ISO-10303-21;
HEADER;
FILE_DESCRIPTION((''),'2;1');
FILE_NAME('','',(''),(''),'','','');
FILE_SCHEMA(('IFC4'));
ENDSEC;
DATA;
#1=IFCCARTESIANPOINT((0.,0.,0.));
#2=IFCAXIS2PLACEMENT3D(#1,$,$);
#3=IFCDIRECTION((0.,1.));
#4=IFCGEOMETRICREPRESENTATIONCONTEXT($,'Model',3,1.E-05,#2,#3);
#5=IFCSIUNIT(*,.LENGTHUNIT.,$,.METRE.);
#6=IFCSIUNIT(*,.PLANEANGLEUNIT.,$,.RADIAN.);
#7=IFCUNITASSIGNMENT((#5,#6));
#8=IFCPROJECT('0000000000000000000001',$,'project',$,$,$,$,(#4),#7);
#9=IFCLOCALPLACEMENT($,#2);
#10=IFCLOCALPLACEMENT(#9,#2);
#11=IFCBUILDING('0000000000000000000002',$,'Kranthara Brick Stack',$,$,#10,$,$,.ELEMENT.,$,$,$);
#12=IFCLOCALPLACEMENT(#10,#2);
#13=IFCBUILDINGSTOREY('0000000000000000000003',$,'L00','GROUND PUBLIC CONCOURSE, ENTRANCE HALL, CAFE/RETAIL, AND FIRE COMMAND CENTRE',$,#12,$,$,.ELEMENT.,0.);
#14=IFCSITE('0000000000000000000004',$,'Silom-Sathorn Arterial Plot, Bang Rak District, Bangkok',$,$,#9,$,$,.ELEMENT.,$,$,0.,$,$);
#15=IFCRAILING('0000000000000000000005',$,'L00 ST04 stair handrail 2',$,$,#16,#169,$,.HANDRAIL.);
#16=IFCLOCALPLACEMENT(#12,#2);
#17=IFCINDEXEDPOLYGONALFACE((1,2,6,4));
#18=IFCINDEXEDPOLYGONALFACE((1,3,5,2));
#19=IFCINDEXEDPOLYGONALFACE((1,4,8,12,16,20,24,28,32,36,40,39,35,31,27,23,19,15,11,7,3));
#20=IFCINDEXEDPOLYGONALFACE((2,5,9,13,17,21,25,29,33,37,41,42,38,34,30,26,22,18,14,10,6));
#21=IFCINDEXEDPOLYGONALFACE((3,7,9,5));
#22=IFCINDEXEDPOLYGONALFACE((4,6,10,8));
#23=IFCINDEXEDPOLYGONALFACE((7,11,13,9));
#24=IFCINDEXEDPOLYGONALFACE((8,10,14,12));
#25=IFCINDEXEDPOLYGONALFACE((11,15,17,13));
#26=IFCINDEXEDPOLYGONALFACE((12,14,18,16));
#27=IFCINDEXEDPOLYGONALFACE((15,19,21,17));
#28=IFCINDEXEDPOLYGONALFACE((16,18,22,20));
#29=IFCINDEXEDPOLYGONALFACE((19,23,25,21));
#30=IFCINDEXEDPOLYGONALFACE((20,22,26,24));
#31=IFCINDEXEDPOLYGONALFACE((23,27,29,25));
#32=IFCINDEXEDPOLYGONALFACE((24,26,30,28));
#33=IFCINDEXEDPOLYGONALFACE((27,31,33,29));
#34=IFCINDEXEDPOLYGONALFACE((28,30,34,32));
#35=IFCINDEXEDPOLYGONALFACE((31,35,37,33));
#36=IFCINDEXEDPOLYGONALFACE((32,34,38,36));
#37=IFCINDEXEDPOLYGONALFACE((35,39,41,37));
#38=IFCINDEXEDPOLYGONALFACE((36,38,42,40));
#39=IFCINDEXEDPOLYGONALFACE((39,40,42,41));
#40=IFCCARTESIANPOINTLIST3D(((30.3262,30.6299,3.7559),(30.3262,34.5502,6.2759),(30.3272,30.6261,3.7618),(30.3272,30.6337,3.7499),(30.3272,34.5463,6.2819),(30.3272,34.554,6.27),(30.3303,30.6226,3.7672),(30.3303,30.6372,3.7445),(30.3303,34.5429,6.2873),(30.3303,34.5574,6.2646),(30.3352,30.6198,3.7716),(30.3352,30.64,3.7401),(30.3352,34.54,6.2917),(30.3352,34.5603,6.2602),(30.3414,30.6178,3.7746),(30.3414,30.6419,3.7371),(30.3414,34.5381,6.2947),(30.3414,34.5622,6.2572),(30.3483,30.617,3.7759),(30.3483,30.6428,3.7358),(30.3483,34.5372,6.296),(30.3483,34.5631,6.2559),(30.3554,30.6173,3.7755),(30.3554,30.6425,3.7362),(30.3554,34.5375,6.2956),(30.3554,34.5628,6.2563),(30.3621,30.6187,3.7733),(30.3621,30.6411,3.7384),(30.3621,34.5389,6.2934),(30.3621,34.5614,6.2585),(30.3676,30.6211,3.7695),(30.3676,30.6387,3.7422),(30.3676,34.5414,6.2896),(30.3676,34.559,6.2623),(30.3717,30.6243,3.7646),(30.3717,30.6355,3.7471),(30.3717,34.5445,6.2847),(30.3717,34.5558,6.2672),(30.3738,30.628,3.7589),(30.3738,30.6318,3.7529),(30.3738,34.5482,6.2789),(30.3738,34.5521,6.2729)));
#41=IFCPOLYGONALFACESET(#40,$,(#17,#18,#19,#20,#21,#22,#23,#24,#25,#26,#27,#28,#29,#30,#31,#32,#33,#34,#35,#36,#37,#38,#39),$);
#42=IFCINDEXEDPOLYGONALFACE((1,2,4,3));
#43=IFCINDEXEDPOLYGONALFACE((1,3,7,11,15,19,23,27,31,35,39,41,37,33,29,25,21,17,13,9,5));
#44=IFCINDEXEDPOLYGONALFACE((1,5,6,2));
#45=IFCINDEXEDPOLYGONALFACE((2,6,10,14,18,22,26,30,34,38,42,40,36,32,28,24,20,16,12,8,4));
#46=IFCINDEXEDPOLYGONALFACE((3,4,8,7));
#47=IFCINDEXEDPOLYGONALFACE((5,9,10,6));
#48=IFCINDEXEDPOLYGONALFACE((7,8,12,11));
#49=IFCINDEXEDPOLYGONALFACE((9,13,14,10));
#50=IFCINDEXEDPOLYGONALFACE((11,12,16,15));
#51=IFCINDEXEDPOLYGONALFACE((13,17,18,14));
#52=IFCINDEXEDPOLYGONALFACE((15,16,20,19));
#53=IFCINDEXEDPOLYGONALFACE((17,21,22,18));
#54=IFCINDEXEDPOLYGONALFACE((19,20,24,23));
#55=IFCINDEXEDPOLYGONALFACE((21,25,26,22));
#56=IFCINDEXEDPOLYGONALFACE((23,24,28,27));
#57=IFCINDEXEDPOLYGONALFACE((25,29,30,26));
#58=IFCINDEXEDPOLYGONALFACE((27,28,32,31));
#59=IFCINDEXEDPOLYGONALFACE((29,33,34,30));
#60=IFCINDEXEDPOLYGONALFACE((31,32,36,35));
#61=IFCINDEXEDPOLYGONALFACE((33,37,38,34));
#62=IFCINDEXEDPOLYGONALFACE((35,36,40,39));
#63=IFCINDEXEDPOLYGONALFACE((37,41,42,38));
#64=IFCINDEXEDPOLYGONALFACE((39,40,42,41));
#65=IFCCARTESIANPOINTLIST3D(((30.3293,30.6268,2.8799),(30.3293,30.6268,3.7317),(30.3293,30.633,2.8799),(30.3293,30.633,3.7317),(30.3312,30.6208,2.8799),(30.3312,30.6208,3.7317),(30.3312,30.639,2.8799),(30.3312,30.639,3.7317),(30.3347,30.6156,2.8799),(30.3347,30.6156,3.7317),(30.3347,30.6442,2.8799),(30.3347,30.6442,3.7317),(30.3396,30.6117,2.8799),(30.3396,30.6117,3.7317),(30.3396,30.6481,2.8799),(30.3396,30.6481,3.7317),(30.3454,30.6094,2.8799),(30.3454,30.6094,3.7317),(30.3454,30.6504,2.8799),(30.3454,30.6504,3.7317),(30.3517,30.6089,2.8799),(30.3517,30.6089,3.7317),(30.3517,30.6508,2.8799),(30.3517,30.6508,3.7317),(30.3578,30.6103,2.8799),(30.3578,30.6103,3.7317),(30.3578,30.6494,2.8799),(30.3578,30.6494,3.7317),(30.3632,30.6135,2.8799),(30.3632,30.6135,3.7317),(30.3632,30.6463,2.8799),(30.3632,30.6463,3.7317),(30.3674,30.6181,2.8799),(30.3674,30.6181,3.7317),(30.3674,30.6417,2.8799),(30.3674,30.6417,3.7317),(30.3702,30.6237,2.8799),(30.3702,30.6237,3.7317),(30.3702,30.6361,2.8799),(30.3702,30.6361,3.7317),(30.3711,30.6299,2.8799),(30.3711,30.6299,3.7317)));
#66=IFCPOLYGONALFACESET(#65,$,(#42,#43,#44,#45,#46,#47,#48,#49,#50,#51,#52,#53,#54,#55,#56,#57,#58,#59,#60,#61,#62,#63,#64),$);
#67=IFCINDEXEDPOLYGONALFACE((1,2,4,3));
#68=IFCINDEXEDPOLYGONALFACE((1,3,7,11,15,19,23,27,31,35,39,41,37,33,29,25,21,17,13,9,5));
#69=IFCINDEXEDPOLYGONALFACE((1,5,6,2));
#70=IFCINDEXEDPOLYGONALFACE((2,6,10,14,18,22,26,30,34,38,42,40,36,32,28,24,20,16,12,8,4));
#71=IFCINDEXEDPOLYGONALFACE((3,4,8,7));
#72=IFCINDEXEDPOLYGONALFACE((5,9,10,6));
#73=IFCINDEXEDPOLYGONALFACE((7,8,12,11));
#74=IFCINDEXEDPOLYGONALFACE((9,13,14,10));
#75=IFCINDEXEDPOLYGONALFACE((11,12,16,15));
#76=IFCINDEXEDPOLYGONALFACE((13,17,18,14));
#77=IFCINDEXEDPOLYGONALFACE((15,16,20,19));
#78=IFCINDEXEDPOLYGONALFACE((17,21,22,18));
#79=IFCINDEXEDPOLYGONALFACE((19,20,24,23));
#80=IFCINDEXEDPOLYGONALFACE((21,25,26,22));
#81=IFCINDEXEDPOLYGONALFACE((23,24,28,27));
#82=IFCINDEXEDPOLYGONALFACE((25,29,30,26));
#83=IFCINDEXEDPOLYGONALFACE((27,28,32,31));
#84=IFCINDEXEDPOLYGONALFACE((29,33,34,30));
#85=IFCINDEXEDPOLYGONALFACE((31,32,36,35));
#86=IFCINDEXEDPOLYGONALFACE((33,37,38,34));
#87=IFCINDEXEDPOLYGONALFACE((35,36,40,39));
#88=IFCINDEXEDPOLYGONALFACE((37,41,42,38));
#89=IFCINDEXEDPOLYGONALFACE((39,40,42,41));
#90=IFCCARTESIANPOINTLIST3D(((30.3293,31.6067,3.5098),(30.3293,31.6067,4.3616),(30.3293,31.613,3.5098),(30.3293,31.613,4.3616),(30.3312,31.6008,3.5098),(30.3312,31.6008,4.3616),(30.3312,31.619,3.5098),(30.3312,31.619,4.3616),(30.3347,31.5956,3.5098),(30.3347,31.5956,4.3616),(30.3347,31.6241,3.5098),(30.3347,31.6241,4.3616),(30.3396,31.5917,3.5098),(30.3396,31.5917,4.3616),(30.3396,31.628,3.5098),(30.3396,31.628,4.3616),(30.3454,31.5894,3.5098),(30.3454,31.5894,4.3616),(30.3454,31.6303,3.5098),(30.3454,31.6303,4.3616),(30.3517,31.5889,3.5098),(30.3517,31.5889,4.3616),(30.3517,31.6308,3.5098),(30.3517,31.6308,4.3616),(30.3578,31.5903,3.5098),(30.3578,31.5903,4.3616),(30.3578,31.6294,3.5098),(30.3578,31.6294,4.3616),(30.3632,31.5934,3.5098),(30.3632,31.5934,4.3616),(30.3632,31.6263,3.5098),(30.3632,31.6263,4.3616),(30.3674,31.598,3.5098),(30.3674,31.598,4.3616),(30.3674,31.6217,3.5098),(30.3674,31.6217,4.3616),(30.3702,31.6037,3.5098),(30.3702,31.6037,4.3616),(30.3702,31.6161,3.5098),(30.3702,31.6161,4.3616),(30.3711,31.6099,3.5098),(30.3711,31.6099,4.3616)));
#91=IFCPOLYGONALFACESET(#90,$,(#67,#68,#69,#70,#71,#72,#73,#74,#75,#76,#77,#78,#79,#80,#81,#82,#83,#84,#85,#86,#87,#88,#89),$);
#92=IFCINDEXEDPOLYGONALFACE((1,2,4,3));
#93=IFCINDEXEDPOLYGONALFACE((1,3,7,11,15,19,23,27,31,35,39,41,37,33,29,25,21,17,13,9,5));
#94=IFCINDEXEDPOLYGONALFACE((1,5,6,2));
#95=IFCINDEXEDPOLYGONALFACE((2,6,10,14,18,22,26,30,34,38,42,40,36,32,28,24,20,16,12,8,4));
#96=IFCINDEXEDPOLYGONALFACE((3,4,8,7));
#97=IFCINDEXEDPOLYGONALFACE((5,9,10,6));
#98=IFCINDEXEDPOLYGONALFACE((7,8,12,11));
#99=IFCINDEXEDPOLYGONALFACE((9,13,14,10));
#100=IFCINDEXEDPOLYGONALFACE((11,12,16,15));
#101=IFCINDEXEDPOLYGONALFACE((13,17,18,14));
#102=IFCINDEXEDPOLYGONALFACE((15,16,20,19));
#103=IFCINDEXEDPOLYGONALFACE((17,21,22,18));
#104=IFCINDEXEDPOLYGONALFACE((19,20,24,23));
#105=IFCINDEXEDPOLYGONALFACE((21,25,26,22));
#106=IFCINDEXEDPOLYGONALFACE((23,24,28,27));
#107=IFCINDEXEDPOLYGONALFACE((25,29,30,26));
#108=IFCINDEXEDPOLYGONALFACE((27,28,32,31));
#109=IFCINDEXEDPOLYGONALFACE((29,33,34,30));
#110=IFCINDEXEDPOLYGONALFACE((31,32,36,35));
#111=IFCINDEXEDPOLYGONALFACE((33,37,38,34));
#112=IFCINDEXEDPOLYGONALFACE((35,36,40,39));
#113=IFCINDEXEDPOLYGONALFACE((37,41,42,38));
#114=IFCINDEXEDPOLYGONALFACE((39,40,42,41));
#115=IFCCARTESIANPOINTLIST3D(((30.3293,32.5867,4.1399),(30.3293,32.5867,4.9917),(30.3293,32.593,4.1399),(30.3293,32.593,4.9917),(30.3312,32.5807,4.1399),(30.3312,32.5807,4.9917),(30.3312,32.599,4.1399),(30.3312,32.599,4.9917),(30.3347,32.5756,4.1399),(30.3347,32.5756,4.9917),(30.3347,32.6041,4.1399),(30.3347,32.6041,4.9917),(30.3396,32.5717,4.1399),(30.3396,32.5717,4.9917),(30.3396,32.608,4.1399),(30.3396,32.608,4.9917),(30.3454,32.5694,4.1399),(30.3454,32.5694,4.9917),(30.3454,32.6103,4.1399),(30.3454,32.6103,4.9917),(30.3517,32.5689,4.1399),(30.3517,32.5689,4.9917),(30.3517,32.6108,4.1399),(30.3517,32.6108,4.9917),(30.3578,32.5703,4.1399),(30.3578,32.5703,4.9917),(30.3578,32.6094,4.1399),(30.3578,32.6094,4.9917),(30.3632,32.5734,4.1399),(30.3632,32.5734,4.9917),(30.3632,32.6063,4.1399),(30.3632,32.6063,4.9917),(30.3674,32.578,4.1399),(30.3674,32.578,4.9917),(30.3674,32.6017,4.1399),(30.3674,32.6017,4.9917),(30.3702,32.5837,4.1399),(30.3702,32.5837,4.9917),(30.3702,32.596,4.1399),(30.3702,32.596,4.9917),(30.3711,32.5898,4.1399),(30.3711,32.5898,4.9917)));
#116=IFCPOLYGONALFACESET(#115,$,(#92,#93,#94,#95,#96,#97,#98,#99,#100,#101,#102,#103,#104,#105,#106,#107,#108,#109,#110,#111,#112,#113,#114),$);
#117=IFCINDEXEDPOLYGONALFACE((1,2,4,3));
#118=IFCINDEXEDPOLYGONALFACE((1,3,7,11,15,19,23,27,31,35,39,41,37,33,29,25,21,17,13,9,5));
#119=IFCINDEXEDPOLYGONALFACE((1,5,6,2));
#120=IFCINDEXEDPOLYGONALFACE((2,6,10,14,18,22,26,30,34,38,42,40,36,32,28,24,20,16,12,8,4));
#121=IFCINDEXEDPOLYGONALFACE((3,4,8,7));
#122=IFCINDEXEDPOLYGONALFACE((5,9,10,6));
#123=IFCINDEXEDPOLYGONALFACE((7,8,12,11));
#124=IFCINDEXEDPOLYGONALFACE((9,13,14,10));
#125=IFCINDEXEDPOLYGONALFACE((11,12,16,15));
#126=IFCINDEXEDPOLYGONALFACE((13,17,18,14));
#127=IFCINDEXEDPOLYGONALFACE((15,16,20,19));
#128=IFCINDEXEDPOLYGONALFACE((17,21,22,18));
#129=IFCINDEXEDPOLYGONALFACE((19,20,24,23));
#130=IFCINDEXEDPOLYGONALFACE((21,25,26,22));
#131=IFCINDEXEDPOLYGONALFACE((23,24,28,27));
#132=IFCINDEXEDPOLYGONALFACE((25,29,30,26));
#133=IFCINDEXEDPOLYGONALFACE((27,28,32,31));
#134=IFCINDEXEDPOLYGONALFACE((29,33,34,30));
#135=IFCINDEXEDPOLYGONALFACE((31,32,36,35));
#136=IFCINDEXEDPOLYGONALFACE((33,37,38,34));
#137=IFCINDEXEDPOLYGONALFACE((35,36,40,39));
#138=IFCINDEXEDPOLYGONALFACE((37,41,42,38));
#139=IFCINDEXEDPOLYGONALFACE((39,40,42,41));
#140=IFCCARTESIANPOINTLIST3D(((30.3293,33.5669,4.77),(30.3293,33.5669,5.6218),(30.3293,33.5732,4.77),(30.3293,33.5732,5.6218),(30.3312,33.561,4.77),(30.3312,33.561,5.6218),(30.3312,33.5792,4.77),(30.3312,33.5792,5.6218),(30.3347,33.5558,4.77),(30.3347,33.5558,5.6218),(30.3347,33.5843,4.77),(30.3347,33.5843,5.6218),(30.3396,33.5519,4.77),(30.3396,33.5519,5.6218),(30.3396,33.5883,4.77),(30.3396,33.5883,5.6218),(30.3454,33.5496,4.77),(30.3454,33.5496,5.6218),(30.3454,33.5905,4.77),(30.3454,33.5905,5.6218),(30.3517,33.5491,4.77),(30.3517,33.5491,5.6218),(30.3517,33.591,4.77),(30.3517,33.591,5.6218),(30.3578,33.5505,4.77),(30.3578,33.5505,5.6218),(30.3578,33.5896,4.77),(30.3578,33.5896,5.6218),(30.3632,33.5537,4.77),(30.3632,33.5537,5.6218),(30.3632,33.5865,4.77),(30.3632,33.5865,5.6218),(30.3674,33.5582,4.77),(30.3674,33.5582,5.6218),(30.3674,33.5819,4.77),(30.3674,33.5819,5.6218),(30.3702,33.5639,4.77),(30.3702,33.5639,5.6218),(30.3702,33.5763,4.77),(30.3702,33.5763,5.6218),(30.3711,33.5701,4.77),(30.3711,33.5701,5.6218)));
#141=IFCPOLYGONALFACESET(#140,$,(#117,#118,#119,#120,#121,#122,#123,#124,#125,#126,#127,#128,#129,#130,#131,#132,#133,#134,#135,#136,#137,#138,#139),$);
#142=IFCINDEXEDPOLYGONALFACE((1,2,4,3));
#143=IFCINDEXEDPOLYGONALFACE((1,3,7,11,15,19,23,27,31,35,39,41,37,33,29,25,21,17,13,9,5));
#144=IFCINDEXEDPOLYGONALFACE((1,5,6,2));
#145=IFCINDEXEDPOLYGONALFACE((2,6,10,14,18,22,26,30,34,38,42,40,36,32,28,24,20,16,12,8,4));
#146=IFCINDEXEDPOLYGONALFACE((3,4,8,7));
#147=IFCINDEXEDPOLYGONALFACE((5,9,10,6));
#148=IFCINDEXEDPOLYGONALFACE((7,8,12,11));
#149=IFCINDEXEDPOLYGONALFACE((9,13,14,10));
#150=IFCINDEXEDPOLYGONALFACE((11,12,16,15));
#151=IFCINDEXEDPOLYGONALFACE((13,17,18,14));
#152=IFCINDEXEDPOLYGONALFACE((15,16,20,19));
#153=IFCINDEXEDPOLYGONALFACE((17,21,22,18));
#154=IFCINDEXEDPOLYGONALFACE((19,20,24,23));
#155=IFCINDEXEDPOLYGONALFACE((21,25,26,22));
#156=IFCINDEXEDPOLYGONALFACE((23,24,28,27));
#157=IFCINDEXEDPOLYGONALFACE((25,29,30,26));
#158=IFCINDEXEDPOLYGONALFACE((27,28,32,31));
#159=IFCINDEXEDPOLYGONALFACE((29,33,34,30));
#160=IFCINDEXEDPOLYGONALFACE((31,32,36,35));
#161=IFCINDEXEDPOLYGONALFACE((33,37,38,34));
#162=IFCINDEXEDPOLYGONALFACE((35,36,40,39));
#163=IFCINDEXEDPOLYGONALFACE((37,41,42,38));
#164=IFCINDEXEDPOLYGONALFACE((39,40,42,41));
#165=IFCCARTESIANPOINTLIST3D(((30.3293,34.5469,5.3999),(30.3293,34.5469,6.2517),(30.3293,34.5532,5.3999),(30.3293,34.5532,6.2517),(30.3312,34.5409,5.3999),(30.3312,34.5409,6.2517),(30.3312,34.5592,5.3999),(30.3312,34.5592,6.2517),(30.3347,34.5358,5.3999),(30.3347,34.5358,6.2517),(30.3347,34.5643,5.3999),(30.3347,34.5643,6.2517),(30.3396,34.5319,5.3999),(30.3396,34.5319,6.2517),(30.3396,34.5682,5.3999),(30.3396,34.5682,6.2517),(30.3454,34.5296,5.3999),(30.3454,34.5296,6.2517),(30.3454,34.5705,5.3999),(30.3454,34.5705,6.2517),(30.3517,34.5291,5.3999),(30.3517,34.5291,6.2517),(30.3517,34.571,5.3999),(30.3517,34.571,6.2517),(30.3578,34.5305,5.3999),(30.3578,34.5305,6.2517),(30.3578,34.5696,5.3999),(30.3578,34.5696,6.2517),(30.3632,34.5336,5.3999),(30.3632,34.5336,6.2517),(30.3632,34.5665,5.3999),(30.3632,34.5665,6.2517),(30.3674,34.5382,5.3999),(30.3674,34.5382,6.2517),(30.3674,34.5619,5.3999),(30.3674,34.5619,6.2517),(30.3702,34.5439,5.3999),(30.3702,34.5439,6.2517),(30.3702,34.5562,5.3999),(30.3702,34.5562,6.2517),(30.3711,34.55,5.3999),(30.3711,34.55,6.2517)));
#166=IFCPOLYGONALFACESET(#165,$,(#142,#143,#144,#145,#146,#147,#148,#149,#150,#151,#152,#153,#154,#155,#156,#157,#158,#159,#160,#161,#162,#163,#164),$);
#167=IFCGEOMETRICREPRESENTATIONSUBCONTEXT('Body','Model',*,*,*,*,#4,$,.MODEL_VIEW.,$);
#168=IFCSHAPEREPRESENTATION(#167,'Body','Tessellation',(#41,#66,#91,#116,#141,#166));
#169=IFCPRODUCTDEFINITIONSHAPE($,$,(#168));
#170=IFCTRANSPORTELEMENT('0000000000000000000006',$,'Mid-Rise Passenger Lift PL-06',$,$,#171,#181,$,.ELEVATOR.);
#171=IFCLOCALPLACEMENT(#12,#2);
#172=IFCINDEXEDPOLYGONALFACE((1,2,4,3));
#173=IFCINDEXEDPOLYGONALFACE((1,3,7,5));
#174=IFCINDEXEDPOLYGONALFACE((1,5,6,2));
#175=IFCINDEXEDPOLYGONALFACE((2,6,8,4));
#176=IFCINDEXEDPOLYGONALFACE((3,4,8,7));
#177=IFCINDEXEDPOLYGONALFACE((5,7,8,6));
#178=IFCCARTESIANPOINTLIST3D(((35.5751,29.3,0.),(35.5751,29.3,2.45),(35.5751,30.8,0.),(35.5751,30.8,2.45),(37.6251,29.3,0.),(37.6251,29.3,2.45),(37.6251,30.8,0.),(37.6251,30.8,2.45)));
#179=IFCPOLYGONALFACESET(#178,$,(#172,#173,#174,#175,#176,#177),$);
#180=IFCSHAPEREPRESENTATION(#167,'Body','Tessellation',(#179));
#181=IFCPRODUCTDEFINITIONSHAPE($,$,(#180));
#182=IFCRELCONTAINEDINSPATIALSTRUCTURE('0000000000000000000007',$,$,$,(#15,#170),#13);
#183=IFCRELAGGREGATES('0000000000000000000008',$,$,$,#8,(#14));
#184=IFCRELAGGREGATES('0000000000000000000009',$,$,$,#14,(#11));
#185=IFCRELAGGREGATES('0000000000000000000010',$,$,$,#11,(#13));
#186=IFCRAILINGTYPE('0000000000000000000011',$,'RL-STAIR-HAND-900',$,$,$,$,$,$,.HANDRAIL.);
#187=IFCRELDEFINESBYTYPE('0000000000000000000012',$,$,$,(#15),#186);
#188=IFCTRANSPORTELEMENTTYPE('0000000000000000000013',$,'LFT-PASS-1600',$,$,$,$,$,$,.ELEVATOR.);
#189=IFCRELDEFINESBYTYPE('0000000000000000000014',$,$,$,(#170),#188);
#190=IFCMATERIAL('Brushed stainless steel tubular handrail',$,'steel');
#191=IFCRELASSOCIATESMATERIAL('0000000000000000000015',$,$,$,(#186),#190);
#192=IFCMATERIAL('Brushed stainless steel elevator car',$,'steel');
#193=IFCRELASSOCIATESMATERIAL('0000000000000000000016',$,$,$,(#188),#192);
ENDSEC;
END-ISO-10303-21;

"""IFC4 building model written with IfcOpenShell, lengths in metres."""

from ifc_helpers import new_model, si_unit, direction, frame, origin, origin_2d, place, context, subcontext, project, spatial, rectangle, circle, extrude, material, type_object, element, save


model = new_model("IFC4")

# Units and contexts
model_context = context("Model", 3, precision=1e-05, world=origin(), true_north=direction((0.0, 1.0)))
body_context = subcontext(model_context, "Body", "Model", "MODEL_VIEW")
ifc_project = project(units=[si_unit("LENGTHUNIT", "METRE"), si_unit("PLANEANGLEUNIT", "RADIAN")], contexts=[model_context])

# Site, building, storey
site_placement = place(None, origin())
site = spatial("IfcSite", under=ifc_project, at=site_placement, Name="Silom-Sathorn Arterial Plot, Bang Rak District, Bangkok", CompositionType="ELEMENT", RefElevation=0.0)
building_placement = place(site_placement, origin())
building = spatial("IfcBuilding", under=site, at=building_placement, Name="Kranthara Brick Stack", CompositionType="ELEMENT")
storey_placement = place(building_placement, origin())
storey = spatial("IfcBuildingStorey", under=building, at=storey_placement, Name="L00", Description="GROUND PUBLIC CONCOURSE, ENTRANCE HALL, CAFE/RETAIL, AND FIRE COMMAND CENTRE", CompositionType="ELEMENT", Elevation=0.0)

# Railing
ifc_material_1 = material(Name="Brushed stainless steel tubular handrail", Category="steel")
railing_type_1 = type_object("IfcRailingType", Name="RL-STAIR-HAND-900", PredefinedType="HANDRAIL", material=ifc_material_1)
railing_1_placement = place(storey_placement, frame((30.3501, 30.6299, 2.8799)))
element("IfcRailing", 1, at=railing_1_placement, inside=storey, type_object=railing_type_1, Name="L00 ST04 stair handrail 2", PredefinedType="HANDRAIL", context=body_context, shape_type="SweptSolid", body=[
    extrude(circle(Radius=0.0239, at=origin_2d()), frame((0.0, 0.0, 0.876), z_axis=(0.0, 0.841187, 0.540744), x_axis=(-1.0, 0.0, 0.0)), (0.0, 0.0, 1.0), 4.6604),
    extrude(circle(Radius=0.021, at=origin_2d()), origin(), (0.0, 0.0, 1.0), 0.8518),
    extrude(circle(Radius=0.021, at=origin_2d()), frame((0.0, 0.98, 0.6299)), (0.0, 0.0, 1.0), 0.8518),
    extrude(circle(Radius=0.021, at=origin_2d()), frame((0.0, 1.96, 1.26)), (0.0, 0.0, 1.0), 0.8518),
    extrude(circle(Radius=0.021, at=origin_2d()), frame((0.0, 2.9402, 1.8901)), (0.0, 0.0, 1.0), 0.8518),
    extrude(circle(Radius=0.021, at=origin_2d()), frame((0.0, 3.9202, 2.52)), (0.0, 0.0, 1.0), 0.8518),
])

# Transport element
ifc_material_2 = material(Name="Brushed stainless steel elevator car", Category="steel")
transport_element_type = type_object("IfcTransportElementType", Name="LFT-PASS-1600", PredefinedType="ELEVATOR", material=ifc_material_2)
transport_element_placement = place(storey_placement, frame((36.6001, 30.05, 0.0), z_axis=(0.0, 0.0, 1.0), x_axis=(1.0, 0.0, 0.0)))
element("IfcTransportElement", 2, at=transport_element_placement, inside=storey, type_object=transport_element_type, Name="Mid-Rise Passenger Lift PL-06", PredefinedType="ELEVATOR", context=body_context, shape_type="SweptSolid", body=[
    extrude(rectangle(XDim=2.05, YDim=1.5, at=origin_2d()), origin(), (0.0, 0.0, 1.0), 2.45),
])

save(model, "model.ifc")
